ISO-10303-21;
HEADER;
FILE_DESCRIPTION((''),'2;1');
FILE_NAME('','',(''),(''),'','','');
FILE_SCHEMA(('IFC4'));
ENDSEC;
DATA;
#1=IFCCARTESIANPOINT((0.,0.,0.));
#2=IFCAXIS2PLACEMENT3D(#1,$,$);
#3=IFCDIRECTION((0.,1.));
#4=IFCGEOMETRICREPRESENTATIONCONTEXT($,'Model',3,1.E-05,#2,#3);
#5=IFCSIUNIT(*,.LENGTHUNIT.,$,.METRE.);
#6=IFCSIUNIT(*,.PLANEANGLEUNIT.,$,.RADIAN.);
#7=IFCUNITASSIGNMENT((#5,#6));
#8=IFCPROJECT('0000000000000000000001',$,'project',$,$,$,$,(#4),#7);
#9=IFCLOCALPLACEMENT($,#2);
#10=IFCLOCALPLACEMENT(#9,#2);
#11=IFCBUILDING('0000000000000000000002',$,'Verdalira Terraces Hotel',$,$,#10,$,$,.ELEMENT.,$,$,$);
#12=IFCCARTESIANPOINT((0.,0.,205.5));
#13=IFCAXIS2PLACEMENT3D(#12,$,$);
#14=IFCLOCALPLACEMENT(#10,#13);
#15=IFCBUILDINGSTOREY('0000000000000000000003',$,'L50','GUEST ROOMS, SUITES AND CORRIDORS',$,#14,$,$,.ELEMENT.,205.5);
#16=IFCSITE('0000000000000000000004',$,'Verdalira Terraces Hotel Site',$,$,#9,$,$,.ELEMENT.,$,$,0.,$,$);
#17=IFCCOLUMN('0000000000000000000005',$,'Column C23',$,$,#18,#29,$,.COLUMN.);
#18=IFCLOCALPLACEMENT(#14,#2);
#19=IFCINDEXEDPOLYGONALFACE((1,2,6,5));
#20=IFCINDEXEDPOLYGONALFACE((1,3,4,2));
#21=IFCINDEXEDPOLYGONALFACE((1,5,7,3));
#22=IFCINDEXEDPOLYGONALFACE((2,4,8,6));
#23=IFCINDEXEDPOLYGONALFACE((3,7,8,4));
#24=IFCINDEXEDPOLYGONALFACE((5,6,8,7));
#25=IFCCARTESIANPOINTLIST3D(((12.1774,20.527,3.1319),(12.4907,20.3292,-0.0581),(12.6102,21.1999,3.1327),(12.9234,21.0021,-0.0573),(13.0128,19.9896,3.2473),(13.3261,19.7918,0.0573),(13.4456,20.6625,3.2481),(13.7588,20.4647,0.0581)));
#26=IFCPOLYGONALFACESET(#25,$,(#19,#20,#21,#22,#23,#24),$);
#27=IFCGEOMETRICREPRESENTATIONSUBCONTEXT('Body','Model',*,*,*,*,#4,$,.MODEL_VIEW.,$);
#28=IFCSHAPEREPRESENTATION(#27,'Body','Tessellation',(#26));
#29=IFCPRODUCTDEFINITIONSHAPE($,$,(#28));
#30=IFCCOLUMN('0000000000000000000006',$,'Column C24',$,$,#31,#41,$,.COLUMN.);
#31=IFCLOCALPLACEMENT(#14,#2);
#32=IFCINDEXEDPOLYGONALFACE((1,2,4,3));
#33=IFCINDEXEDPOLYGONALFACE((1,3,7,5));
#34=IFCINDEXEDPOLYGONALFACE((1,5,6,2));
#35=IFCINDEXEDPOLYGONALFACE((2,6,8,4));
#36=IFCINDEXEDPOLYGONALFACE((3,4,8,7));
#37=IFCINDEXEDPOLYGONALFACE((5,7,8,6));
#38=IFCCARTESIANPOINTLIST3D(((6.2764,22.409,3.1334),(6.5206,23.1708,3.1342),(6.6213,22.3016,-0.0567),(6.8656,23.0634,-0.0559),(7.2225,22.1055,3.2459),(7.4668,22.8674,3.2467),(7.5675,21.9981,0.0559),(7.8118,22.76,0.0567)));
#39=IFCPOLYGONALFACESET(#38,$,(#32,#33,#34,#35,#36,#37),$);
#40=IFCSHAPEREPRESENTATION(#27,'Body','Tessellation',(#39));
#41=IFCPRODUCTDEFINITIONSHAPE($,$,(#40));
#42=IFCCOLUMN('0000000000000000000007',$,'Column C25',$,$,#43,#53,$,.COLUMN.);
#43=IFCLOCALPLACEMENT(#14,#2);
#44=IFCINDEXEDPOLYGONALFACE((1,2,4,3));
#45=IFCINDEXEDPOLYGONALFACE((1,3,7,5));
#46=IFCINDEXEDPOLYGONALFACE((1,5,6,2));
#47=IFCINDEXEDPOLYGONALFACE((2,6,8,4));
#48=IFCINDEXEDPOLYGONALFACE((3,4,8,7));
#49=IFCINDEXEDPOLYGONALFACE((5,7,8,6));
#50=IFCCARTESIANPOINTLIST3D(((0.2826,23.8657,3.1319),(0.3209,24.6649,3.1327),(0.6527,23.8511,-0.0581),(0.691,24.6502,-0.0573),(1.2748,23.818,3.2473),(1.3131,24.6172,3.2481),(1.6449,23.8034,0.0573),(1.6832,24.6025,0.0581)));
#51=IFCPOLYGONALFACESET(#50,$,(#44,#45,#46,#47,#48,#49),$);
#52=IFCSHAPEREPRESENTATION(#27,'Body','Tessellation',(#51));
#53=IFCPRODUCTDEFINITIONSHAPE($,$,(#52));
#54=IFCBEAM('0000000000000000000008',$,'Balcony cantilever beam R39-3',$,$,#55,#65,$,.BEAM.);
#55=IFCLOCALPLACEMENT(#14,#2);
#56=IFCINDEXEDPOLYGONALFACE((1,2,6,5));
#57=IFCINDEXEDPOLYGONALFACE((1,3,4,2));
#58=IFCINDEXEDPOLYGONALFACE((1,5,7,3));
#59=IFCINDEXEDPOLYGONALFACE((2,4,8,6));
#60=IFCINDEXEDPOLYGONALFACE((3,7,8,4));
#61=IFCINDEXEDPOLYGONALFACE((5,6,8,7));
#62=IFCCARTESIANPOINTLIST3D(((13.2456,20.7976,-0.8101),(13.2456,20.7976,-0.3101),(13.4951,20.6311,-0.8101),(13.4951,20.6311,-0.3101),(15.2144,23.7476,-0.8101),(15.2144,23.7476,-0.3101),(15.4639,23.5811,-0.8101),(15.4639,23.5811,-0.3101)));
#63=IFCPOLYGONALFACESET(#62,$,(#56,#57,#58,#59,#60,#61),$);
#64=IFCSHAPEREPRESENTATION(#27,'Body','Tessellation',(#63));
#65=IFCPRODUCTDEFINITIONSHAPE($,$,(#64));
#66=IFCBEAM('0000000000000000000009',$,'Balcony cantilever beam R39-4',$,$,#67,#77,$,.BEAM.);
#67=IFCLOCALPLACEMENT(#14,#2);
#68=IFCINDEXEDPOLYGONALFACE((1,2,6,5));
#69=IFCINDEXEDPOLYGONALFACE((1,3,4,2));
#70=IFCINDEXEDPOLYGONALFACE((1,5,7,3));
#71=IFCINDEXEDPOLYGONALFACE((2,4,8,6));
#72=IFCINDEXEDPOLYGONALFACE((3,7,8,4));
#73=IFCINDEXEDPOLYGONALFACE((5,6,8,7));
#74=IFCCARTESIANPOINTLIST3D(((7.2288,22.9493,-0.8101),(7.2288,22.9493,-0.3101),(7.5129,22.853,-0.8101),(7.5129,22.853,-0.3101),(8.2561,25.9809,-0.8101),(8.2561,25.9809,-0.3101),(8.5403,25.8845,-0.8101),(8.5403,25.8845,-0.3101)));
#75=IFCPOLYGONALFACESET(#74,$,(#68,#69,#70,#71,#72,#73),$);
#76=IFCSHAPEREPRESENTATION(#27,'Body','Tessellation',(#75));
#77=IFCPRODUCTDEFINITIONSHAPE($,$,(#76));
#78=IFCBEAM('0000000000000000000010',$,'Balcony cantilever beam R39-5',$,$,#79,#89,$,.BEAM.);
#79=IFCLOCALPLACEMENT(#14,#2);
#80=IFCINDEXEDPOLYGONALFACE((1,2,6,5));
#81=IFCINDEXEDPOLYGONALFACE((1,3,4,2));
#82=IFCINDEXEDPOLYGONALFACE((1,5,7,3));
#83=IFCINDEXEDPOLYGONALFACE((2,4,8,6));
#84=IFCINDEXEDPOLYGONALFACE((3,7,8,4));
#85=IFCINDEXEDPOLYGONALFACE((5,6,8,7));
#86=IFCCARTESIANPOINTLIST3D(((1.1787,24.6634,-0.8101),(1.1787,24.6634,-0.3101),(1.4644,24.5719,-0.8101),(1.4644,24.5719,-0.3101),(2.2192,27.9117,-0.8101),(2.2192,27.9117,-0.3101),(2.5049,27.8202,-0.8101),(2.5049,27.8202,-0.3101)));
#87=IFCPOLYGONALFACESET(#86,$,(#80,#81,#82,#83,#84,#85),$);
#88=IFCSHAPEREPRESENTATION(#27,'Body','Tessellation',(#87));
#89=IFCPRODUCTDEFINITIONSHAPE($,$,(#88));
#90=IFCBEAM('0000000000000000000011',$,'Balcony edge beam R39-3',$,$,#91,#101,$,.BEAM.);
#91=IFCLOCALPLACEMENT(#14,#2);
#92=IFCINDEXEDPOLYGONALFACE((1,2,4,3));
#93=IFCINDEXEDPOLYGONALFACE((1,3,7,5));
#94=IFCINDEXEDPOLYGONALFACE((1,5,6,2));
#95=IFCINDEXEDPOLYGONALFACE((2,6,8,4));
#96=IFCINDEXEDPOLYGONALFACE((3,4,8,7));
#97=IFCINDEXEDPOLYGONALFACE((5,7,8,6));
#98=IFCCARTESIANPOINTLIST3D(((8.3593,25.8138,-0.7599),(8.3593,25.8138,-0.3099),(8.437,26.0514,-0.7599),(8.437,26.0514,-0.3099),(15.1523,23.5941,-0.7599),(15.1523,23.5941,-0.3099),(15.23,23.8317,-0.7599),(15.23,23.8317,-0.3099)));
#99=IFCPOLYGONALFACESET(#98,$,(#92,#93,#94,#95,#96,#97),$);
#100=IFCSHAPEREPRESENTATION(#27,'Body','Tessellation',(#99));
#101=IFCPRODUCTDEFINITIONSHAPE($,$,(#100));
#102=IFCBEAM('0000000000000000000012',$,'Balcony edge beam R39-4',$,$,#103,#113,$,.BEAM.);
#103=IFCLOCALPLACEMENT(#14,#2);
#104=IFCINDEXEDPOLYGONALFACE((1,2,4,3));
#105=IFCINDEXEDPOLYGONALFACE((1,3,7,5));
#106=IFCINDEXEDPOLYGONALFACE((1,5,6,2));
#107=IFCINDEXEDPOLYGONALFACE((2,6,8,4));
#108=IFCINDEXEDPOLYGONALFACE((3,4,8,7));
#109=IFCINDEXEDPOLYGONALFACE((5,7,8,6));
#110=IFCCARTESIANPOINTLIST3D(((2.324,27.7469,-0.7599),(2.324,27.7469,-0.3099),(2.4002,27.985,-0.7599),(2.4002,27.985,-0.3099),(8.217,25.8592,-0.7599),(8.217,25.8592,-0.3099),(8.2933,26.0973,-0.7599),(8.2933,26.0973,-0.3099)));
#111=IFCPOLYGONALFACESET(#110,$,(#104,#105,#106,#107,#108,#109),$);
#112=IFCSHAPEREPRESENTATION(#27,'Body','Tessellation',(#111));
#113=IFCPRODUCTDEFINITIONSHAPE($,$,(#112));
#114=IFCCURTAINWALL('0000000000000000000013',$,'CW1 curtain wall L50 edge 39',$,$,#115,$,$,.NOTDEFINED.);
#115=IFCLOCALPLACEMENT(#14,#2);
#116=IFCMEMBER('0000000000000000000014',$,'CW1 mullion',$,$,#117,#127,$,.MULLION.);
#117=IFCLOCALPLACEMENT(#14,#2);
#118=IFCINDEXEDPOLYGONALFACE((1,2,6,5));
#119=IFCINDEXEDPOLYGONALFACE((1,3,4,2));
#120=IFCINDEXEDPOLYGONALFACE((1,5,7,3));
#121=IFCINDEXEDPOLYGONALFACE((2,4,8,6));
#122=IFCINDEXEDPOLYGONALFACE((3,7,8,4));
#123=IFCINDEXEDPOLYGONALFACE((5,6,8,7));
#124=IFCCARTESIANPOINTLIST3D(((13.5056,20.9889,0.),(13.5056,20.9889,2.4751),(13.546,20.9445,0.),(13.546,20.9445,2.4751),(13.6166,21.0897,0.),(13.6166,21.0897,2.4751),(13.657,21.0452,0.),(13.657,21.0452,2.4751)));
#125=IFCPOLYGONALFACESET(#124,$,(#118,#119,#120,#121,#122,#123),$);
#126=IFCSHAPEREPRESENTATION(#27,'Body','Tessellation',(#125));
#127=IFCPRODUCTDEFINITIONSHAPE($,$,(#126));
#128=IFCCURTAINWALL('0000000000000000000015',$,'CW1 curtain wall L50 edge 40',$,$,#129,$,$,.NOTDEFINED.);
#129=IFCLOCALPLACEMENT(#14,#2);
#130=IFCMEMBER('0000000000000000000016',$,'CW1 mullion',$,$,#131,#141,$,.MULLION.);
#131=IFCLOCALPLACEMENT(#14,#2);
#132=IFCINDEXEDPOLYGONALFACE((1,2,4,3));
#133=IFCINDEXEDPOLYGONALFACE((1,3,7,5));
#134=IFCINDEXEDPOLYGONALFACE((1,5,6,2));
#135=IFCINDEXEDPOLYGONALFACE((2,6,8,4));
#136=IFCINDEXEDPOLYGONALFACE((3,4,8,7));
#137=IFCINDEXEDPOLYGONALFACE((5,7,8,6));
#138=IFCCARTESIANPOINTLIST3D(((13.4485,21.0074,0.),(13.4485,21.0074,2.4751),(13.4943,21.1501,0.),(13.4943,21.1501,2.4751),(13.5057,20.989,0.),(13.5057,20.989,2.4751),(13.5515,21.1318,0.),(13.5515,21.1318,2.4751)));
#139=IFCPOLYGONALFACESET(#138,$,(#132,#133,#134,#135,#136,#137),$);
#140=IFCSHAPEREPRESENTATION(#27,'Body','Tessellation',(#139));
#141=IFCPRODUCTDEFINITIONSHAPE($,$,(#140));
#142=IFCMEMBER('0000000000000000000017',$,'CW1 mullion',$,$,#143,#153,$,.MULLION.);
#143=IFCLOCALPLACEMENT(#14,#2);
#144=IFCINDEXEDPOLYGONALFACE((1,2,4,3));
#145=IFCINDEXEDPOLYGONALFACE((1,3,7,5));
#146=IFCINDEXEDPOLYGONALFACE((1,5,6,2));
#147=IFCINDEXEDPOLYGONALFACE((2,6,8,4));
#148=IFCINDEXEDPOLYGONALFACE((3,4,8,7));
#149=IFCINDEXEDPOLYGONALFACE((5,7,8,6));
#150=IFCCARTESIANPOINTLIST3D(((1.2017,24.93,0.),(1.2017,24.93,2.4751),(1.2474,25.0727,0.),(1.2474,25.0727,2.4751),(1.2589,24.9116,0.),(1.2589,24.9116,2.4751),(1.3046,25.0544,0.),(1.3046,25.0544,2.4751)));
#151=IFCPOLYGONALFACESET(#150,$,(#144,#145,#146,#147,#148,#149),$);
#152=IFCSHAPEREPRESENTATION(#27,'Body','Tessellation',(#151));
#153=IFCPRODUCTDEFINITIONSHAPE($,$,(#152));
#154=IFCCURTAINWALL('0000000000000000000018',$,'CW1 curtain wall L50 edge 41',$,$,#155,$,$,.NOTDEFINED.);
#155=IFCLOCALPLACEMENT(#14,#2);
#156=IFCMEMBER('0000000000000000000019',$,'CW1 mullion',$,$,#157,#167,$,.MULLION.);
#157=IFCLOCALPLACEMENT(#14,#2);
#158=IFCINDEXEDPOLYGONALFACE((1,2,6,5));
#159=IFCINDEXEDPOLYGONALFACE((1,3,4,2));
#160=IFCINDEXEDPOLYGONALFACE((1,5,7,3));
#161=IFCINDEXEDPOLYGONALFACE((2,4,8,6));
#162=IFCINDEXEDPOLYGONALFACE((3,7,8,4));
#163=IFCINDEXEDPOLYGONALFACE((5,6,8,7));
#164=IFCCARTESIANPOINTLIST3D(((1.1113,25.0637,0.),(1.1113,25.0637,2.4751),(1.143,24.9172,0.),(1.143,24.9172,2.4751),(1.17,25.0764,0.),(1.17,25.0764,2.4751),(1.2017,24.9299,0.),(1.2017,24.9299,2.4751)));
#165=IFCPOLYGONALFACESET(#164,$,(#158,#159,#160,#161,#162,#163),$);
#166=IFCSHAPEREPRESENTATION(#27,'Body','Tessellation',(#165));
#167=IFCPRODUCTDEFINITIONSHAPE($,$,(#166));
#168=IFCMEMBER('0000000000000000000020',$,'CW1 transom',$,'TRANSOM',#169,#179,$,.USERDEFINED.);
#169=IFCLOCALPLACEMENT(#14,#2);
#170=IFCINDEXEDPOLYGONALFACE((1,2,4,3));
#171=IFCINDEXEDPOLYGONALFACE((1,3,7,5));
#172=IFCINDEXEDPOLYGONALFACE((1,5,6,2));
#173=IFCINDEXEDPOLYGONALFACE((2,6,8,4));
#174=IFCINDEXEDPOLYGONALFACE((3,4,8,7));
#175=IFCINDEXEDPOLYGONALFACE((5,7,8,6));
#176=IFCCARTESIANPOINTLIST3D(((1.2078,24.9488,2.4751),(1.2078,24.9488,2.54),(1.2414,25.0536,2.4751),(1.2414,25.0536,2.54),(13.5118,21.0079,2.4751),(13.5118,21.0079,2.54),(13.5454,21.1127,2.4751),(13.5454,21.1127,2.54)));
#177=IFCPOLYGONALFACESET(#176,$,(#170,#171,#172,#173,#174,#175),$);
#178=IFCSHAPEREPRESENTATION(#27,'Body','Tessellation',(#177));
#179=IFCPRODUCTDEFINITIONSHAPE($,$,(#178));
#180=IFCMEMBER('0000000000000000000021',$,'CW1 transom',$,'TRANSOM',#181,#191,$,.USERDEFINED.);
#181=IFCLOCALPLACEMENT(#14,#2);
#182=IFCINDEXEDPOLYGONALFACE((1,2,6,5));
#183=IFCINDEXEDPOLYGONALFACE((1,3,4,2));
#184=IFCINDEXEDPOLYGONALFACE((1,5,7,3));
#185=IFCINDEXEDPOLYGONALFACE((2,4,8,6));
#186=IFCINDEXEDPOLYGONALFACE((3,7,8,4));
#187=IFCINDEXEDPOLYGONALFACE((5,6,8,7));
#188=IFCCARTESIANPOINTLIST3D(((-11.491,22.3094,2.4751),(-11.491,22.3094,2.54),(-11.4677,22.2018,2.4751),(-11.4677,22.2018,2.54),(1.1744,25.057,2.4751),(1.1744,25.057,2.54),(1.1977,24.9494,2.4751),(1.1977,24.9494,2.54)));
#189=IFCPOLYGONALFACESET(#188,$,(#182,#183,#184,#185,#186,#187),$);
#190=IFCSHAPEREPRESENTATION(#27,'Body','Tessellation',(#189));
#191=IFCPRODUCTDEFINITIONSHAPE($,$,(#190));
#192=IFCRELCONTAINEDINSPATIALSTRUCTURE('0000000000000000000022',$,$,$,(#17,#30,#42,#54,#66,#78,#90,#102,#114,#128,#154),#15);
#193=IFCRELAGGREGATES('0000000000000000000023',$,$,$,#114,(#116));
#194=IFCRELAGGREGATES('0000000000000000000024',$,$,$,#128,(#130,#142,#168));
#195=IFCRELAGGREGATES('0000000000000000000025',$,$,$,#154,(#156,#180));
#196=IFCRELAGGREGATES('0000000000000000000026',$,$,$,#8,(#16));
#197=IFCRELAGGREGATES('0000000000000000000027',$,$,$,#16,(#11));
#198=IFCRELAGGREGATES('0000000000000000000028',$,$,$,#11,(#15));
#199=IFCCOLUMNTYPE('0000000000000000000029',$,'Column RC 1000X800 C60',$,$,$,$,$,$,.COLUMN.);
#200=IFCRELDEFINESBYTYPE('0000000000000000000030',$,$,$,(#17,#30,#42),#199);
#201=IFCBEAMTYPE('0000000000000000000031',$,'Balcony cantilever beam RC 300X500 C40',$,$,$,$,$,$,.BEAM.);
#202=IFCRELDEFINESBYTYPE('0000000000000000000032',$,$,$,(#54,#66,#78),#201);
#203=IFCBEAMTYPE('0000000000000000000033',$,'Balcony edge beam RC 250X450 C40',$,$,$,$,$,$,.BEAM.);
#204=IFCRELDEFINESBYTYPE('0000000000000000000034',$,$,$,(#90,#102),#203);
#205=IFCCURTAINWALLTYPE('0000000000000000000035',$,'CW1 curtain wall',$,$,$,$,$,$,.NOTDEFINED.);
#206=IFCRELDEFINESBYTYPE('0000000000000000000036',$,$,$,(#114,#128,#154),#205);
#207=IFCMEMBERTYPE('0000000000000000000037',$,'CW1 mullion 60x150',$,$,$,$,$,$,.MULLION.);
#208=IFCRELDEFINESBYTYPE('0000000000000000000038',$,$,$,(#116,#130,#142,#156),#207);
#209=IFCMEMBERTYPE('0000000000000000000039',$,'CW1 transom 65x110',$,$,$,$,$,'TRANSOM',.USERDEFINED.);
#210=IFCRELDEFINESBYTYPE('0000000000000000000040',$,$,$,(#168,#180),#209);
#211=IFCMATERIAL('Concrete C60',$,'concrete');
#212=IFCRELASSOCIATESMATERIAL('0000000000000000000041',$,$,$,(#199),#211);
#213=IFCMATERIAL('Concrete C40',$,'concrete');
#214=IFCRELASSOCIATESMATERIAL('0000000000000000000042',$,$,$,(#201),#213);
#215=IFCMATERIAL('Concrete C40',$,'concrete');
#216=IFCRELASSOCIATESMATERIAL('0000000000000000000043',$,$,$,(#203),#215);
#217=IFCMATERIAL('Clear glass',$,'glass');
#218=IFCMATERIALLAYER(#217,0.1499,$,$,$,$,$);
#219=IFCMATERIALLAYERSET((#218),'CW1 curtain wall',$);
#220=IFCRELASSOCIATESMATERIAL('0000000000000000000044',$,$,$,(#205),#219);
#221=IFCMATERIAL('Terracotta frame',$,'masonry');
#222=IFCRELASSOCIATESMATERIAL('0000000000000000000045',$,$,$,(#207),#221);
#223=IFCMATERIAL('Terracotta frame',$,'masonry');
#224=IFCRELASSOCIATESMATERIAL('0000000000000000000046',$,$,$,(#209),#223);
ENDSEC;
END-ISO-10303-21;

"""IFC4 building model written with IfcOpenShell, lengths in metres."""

from ifc_helpers import new_model, si_unit, direction, frame, origin, origin_2d, place, context, subcontext, project, spatial, rectangle, extrude, material, layer, layer_set, material_profile, profile_set, type_object, element, aggregate, save


model = new_model("IFC4")

# Units and contexts
model_context = context("Model", 3, precision=1e-05, world=origin(), true_north=direction((0.0, 1.0)))
body_context = subcontext(model_context, "Body", "Model", "MODEL_VIEW")
ifc_project = project(units=[si_unit("LENGTHUNIT", "METRE"), si_unit("PLANEANGLEUNIT", "RADIAN")], contexts=[model_context])

# Site, building, storey
site_placement = place(None, origin())
site = spatial("IfcSite", under=ifc_project, at=site_placement, Name="Verdalira Terraces Hotel Site", CompositionType="ELEMENT", RefElevation=0.0)
building_placement = place(site_placement, origin())
building = spatial("IfcBuilding", under=site, at=building_placement, Name="Verdalira Terraces Hotel", CompositionType="ELEMENT")
storey_placement = place(building_placement, frame((0.0, 0.0, 205.5)))
storey = spatial("IfcBuildingStorey", under=building, at=storey_placement, Name="L50", Description="GUEST ROOMS, SUITES AND CORRIDORS", CompositionType="ELEMENT", Elevation=205.5)

# Columns
ifc_material_1 = material(Name="Concrete C60", Category="concrete")
ifc_material_profile_1 = material_profile(ifc_material_1, rectangle(XDim=1.0, YDim=0.8, at=origin_2d()), Name="RC 1000X800")
ifc_profile_set_1 = profile_set([ifc_material_profile_1], Name="Concrete C60")
column_type = type_object("IfcColumnType", Name="Column RC 1000X800 C60", PredefinedType="COLUMN", material=ifc_profile_set_1)
column_1_placement = place(storey_placement, frame((13.1248, 20.397, 0.0), z_axis=(-0.097538, 0.061579, 0.993325), x_axis=(0.835407, -0.537393, 0.115346)))
element("IfcColumn", 1, at=column_1_placement, inside=storey, type_object=column_type, Name="Column C23", PredefinedType="COLUMN", context=body_context, shape_type="SweptSolid", body=[
    extrude(rectangle(XDim=1.0, YDim=0.8, at=origin_2d()), origin(), (0.0, 0.0, 1.0), 3.2114),
])
column_2_placement = place(storey_placement, frame((7.2166, 22.5308, 0.0), z_axis=(-0.107456, 0.033461, 0.993647), x_axis=(-0.946173, 0.303464, -0.112541)))
element("IfcColumn", 2, at=column_2_placement, inside=storey, type_object=column_type, Name="Column C24", PredefinedType="COLUMN", context=body_context, shape_type="SweptSolid", body=[
    extrude(rectangle(XDim=1.0, YDim=0.8, at=origin_2d()), origin(), (0.0, 0.0, 1.0), 3.2104),
])
column_3_placement = place(storey_placement, frame((1.168, 24.2268, 0.0), z_axis=(-0.115252, 0.004561, 0.993326), x_axis=(0.99218, -0.047708, 0.115338)))
element("IfcColumn", 3, at=column_3_placement, inside=storey, type_object=column_type, Name="Column C25", PredefinedType="COLUMN", context=body_context, shape_type="SweptSolid", body=[
    extrude(rectangle(XDim=1.0, YDim=0.8, at=origin_2d()), origin(), (0.0, 0.0, 1.0), 3.2114),
])

# Beams
ifc_material_2 = material(Name="Concrete C40", Category="concrete")
ifc_material_profile_2 = material_profile(ifc_material_2, rectangle(XDim=0.3, YDim=0.5, at=origin_2d()), Name="RC 300X500")
ifc_profile_set_2 = profile_set([ifc_material_profile_2], Name="Concrete C40")
beam_type_1 = type_object("IfcBeamType", Name="Balcony cantilever beam RC 300X500 C40", PredefinedType="BEAM", material=ifc_profile_set_2)
beam_1_placement = place(storey_placement, frame((13.3704, 20.7144, -0.5601), z_axis=(0.555113, 0.831775, 0.0), x_axis=(-0.831775, 0.555113, 0.0)))
element("IfcBeam", 4, at=beam_1_placement, inside=storey, type_object=beam_type_1, Name="Balcony cantilever beam R39-3", PredefinedType="BEAM", context=body_context, shape_type="SweptSolid", body=[
    extrude(rectangle(XDim=0.3, YDim=0.5, at=origin_2d()), origin(), (0.0, 0.0, 1.0), 3.5466),
])
beam_2_placement = place(storey_placement, frame((7.3708, 22.9011, -0.5601), z_axis=(0.32096, 0.947093, 0.0), x_axis=(-0.947093, 0.32096, 0.0)))
element("IfcBeam", 5, at=beam_2_placement, inside=storey, type_object=beam_type_1, Name="Balcony cantilever beam R39-4", PredefinedType="BEAM", context=body_context, shape_type="SweptSolid", body=[
    extrude(rectangle(XDim=0.3, YDim=0.5, at=origin_2d()), origin(), (0.0, 0.0, 1.0), 3.2009),
])
beam_3_placement = place(storey_placement, frame((1.3215, 24.6177, -0.5601), z_axis=(0.305061, 0.952333, 0.0), x_axis=(-0.952333, 0.305061, 0.0)))
element("IfcBeam", 6, at=beam_3_placement, inside=storey, type_object=beam_type_1, Name="Balcony cantilever beam R39-5", PredefinedType="BEAM", context=body_context, shape_type="SweptSolid", body=[
    extrude(rectangle(XDim=0.3, YDim=0.5, at=origin_2d()), origin(), (0.0, 0.0, 1.0), 3.4109),
])
ifc_material_3 = material(Name="Concrete C40", Category="concrete")
ifc_material_profile_3 = material_profile(ifc_material_3, rectangle(XDim=0.25, YDim=0.45, at=origin_2d()), Name="RC 250X450")
ifc_profile_set_3 = profile_set([ifc_material_profile_3], Name="Concrete C40")
beam_type_2 = type_object("IfcBeamType", Name="Balcony edge beam RC 250X450 C40", PredefinedType="BEAM", material=ifc_profile_set_3)
beam_4_placement = place(storey_placement, frame((15.1912, 23.7129, -0.5349), z_axis=(-0.950539, 0.310606, 0.0), x_axis=(-0.310606, -0.950539, 0.0)))
element("IfcBeam", 7, at=beam_4_placement, inside=storey, type_object=beam_type_2, Name="Balcony edge beam R39-3", PredefinedType="BEAM", context=body_context, shape_type="SweptSolid", body=[
    extrude(rectangle(XDim=0.25, YDim=0.45, at=origin_2d()), origin(), (0.0, 0.0, 1.0), 7.1465),
])
beam_5_placement = place(storey_placement, frame((8.2551, 25.9783, -0.5349), z_axis=(-0.952334, 0.305056, 0.0), x_axis=(-0.305056, -0.952334, 0.0)))
element("IfcBeam", 8, at=beam_5_placement, inside=storey, type_object=beam_type_2, Name="Balcony edge beam R39-4", PredefinedType="BEAM", context=body_context, shape_type="SweptSolid", body=[
    extrude(rectangle(XDim=0.25, YDim=0.45, at=origin_2d()), origin(), (0.0, 0.0, 1.0), 6.188),
])

# Curtain wall, member
ifc_material_4 = material(Name="Clear glass", Category="glass")
ifc_layer_1 = layer(ifc_material_4, 0.1499)
ifc_layer_set_1 = layer_set([ifc_layer_1], Name="CW1 curtain wall")
curtain_wall_type = type_object("IfcCurtainWallType", Name="CW1 curtain wall", PredefinedType="NOTDEFINED", material=ifc_layer_set_1)
curtain_wall_1_placement = place(storey_placement, origin())
curtain_wall_1 = element("IfcCurtainWall", 9, at=curtain_wall_1_placement, inside=storey, type_object=curtain_wall_type, Name="CW1 curtain wall L50 edge 39", PredefinedType="NOTDEFINED")
ifc_material_5 = material(Name="Terracotta frame", Category="masonry")
ifc_material_profile_4 = material_profile(ifc_material_5, rectangle(XDim=0.0601, YDim=0.1499, at=origin_2d()), Name="MU 60x150")
ifc_profile_set_4 = profile_set([ifc_material_profile_4], Name="Terracotta frame")
member_type_1 = type_object("IfcMemberType", Name="CW1 mullion 60x150", PredefinedType="MULLION", material=ifc_profile_set_4)
member_1_placement = place(storey_placement, frame((13.5813, 21.0171, 0.0), z_axis=(0.0, 0.0, 1.0), x_axis=(-0.672238, 0.740335, 0.0)))
member_1 = element("IfcMember", 10, at=member_1_placement, type_object=member_type_1, Name="CW1 mullion", PredefinedType="MULLION", context=body_context, shape_type="SweptSolid", body=[
    extrude(rectangle(XDim=0.0601, YDim=0.1499, at=origin_2d()), origin(), (0.0, 0.0, 1.0), 2.4751),
])
aggregate(curtain_wall_1, [member_1])

# Curtain wall, members
curtain_wall_2_placement = place(storey_placement, origin())
curtain_wall_2 = element("IfcCurtainWall", 11, at=curtain_wall_2_placement, inside=storey, type_object=curtain_wall_type, Name="CW1 curtain wall L50 edge 40", PredefinedType="NOTDEFINED")
member_2_placement = place(storey_placement, frame((13.5, 21.0696, 0.0), z_axis=(0.0, 0.0, 1.0), x_axis=(-0.952343, 0.305031, 0.0)))
member_2 = element("IfcMember", 12, at=member_2_placement, type_object=member_type_1, Name="CW1 mullion", PredefinedType="MULLION", context=body_context, shape_type="SweptSolid", body=[
    extrude(rectangle(XDim=0.0601, YDim=0.1499, at=origin_2d()), origin(), (0.0, 0.0, 1.0), 2.4751),
])
member_3_placement = place(storey_placement, frame((1.2532, 24.9922, 0.0), z_axis=(0.0, 0.0, 1.0), x_axis=(-0.952343, 0.305031, 0.0)))
member_3 = element("IfcMember", 13, at=member_3_placement, type_object=member_type_1, Name="CW1 mullion", PredefinedType="MULLION", context=body_context, shape_type="SweptSolid", body=[
    extrude(rectangle(XDim=0.0601, YDim=0.1499, at=origin_2d()), origin(), (0.0, 0.0, 1.0), 2.4751),
])

# Curtain wall, member
curtain_wall_3_placement = place(storey_placement, origin())
curtain_wall_3 = element("IfcCurtainWall", 14, at=curtain_wall_3_placement, inside=storey, type_object=curtain_wall_type, Name="CW1 curtain wall L50 edge 41", PredefinedType="NOTDEFINED")
member_4_placement = place(storey_placement, frame((1.1565, 24.9968, 0.0), z_axis=(0.0, 0.0, 1.0), x_axis=(-0.977268, -0.212007, 0.0)))
member_4 = element("IfcMember", 15, at=member_4_placement, type_object=member_type_1, Name="CW1 mullion", PredefinedType="MULLION", context=body_context, shape_type="SweptSolid", body=[
    extrude(rectangle(XDim=0.0601, YDim=0.1499, at=origin_2d()), origin(), (0.0, 0.0, 1.0), 2.4751),
])

# Members
ifc_material_6 = material(Name="Terracotta frame", Category="masonry")
ifc_material_profile_5 = material_profile(ifc_material_6, rectangle(XDim=0.1101, YDim=0.0649, at=origin_2d()), Name="TR 65x110")
ifc_profile_set_5 = profile_set([ifc_material_profile_5], Name="Terracotta frame")
member_type_2 = type_object("IfcMemberType", Name="CW1 transom 65x110", ElementType="TRANSOM", PredefinedType="USERDEFINED", material=ifc_profile_set_5)
member_5_placement = place(storey_placement, frame((13.5286, 21.0603, 2.5076), z_axis=(-0.952342, 0.305032, 0.0), x_axis=(-0.305032, -0.952342, 0.0)))
member_5 = element("IfcMember", 16, at=member_5_placement, type_object=member_type_2, Name="CW1 transom", ObjectType="TRANSOM", PredefinedType="USERDEFINED", context=body_context, shape_type="SweptSolid", body=[
    extrude(rectangle(XDim=0.1101, YDim=0.0649, at=origin_2d()), origin(), (0.0, 0.0, 1.0), 12.9197),
])
member_6_placement = place(storey_placement, frame((1.186, 25.0032, 2.5076), z_axis=(-0.977269, -0.212005, 0.0), x_axis=(0.212005, -0.977269, 0.0)))
member_6 = element("IfcMember", 17, at=member_6_placement, type_object=member_type_2, Name="CW1 transom", ObjectType="TRANSOM", PredefinedType="USERDEFINED", context=body_context, shape_type="SweptSolid", body=[
    extrude(rectangle(XDim=0.1101, YDim=0.0649, at=origin_2d()), origin(), (0.0, 0.0, 1.0), 12.96),
])

aggregate(curtain_wall_2, [member_2, member_3, member_5])
aggregate(curtain_wall_3, [member_4, member_6])

save(model, "model.ifc")
